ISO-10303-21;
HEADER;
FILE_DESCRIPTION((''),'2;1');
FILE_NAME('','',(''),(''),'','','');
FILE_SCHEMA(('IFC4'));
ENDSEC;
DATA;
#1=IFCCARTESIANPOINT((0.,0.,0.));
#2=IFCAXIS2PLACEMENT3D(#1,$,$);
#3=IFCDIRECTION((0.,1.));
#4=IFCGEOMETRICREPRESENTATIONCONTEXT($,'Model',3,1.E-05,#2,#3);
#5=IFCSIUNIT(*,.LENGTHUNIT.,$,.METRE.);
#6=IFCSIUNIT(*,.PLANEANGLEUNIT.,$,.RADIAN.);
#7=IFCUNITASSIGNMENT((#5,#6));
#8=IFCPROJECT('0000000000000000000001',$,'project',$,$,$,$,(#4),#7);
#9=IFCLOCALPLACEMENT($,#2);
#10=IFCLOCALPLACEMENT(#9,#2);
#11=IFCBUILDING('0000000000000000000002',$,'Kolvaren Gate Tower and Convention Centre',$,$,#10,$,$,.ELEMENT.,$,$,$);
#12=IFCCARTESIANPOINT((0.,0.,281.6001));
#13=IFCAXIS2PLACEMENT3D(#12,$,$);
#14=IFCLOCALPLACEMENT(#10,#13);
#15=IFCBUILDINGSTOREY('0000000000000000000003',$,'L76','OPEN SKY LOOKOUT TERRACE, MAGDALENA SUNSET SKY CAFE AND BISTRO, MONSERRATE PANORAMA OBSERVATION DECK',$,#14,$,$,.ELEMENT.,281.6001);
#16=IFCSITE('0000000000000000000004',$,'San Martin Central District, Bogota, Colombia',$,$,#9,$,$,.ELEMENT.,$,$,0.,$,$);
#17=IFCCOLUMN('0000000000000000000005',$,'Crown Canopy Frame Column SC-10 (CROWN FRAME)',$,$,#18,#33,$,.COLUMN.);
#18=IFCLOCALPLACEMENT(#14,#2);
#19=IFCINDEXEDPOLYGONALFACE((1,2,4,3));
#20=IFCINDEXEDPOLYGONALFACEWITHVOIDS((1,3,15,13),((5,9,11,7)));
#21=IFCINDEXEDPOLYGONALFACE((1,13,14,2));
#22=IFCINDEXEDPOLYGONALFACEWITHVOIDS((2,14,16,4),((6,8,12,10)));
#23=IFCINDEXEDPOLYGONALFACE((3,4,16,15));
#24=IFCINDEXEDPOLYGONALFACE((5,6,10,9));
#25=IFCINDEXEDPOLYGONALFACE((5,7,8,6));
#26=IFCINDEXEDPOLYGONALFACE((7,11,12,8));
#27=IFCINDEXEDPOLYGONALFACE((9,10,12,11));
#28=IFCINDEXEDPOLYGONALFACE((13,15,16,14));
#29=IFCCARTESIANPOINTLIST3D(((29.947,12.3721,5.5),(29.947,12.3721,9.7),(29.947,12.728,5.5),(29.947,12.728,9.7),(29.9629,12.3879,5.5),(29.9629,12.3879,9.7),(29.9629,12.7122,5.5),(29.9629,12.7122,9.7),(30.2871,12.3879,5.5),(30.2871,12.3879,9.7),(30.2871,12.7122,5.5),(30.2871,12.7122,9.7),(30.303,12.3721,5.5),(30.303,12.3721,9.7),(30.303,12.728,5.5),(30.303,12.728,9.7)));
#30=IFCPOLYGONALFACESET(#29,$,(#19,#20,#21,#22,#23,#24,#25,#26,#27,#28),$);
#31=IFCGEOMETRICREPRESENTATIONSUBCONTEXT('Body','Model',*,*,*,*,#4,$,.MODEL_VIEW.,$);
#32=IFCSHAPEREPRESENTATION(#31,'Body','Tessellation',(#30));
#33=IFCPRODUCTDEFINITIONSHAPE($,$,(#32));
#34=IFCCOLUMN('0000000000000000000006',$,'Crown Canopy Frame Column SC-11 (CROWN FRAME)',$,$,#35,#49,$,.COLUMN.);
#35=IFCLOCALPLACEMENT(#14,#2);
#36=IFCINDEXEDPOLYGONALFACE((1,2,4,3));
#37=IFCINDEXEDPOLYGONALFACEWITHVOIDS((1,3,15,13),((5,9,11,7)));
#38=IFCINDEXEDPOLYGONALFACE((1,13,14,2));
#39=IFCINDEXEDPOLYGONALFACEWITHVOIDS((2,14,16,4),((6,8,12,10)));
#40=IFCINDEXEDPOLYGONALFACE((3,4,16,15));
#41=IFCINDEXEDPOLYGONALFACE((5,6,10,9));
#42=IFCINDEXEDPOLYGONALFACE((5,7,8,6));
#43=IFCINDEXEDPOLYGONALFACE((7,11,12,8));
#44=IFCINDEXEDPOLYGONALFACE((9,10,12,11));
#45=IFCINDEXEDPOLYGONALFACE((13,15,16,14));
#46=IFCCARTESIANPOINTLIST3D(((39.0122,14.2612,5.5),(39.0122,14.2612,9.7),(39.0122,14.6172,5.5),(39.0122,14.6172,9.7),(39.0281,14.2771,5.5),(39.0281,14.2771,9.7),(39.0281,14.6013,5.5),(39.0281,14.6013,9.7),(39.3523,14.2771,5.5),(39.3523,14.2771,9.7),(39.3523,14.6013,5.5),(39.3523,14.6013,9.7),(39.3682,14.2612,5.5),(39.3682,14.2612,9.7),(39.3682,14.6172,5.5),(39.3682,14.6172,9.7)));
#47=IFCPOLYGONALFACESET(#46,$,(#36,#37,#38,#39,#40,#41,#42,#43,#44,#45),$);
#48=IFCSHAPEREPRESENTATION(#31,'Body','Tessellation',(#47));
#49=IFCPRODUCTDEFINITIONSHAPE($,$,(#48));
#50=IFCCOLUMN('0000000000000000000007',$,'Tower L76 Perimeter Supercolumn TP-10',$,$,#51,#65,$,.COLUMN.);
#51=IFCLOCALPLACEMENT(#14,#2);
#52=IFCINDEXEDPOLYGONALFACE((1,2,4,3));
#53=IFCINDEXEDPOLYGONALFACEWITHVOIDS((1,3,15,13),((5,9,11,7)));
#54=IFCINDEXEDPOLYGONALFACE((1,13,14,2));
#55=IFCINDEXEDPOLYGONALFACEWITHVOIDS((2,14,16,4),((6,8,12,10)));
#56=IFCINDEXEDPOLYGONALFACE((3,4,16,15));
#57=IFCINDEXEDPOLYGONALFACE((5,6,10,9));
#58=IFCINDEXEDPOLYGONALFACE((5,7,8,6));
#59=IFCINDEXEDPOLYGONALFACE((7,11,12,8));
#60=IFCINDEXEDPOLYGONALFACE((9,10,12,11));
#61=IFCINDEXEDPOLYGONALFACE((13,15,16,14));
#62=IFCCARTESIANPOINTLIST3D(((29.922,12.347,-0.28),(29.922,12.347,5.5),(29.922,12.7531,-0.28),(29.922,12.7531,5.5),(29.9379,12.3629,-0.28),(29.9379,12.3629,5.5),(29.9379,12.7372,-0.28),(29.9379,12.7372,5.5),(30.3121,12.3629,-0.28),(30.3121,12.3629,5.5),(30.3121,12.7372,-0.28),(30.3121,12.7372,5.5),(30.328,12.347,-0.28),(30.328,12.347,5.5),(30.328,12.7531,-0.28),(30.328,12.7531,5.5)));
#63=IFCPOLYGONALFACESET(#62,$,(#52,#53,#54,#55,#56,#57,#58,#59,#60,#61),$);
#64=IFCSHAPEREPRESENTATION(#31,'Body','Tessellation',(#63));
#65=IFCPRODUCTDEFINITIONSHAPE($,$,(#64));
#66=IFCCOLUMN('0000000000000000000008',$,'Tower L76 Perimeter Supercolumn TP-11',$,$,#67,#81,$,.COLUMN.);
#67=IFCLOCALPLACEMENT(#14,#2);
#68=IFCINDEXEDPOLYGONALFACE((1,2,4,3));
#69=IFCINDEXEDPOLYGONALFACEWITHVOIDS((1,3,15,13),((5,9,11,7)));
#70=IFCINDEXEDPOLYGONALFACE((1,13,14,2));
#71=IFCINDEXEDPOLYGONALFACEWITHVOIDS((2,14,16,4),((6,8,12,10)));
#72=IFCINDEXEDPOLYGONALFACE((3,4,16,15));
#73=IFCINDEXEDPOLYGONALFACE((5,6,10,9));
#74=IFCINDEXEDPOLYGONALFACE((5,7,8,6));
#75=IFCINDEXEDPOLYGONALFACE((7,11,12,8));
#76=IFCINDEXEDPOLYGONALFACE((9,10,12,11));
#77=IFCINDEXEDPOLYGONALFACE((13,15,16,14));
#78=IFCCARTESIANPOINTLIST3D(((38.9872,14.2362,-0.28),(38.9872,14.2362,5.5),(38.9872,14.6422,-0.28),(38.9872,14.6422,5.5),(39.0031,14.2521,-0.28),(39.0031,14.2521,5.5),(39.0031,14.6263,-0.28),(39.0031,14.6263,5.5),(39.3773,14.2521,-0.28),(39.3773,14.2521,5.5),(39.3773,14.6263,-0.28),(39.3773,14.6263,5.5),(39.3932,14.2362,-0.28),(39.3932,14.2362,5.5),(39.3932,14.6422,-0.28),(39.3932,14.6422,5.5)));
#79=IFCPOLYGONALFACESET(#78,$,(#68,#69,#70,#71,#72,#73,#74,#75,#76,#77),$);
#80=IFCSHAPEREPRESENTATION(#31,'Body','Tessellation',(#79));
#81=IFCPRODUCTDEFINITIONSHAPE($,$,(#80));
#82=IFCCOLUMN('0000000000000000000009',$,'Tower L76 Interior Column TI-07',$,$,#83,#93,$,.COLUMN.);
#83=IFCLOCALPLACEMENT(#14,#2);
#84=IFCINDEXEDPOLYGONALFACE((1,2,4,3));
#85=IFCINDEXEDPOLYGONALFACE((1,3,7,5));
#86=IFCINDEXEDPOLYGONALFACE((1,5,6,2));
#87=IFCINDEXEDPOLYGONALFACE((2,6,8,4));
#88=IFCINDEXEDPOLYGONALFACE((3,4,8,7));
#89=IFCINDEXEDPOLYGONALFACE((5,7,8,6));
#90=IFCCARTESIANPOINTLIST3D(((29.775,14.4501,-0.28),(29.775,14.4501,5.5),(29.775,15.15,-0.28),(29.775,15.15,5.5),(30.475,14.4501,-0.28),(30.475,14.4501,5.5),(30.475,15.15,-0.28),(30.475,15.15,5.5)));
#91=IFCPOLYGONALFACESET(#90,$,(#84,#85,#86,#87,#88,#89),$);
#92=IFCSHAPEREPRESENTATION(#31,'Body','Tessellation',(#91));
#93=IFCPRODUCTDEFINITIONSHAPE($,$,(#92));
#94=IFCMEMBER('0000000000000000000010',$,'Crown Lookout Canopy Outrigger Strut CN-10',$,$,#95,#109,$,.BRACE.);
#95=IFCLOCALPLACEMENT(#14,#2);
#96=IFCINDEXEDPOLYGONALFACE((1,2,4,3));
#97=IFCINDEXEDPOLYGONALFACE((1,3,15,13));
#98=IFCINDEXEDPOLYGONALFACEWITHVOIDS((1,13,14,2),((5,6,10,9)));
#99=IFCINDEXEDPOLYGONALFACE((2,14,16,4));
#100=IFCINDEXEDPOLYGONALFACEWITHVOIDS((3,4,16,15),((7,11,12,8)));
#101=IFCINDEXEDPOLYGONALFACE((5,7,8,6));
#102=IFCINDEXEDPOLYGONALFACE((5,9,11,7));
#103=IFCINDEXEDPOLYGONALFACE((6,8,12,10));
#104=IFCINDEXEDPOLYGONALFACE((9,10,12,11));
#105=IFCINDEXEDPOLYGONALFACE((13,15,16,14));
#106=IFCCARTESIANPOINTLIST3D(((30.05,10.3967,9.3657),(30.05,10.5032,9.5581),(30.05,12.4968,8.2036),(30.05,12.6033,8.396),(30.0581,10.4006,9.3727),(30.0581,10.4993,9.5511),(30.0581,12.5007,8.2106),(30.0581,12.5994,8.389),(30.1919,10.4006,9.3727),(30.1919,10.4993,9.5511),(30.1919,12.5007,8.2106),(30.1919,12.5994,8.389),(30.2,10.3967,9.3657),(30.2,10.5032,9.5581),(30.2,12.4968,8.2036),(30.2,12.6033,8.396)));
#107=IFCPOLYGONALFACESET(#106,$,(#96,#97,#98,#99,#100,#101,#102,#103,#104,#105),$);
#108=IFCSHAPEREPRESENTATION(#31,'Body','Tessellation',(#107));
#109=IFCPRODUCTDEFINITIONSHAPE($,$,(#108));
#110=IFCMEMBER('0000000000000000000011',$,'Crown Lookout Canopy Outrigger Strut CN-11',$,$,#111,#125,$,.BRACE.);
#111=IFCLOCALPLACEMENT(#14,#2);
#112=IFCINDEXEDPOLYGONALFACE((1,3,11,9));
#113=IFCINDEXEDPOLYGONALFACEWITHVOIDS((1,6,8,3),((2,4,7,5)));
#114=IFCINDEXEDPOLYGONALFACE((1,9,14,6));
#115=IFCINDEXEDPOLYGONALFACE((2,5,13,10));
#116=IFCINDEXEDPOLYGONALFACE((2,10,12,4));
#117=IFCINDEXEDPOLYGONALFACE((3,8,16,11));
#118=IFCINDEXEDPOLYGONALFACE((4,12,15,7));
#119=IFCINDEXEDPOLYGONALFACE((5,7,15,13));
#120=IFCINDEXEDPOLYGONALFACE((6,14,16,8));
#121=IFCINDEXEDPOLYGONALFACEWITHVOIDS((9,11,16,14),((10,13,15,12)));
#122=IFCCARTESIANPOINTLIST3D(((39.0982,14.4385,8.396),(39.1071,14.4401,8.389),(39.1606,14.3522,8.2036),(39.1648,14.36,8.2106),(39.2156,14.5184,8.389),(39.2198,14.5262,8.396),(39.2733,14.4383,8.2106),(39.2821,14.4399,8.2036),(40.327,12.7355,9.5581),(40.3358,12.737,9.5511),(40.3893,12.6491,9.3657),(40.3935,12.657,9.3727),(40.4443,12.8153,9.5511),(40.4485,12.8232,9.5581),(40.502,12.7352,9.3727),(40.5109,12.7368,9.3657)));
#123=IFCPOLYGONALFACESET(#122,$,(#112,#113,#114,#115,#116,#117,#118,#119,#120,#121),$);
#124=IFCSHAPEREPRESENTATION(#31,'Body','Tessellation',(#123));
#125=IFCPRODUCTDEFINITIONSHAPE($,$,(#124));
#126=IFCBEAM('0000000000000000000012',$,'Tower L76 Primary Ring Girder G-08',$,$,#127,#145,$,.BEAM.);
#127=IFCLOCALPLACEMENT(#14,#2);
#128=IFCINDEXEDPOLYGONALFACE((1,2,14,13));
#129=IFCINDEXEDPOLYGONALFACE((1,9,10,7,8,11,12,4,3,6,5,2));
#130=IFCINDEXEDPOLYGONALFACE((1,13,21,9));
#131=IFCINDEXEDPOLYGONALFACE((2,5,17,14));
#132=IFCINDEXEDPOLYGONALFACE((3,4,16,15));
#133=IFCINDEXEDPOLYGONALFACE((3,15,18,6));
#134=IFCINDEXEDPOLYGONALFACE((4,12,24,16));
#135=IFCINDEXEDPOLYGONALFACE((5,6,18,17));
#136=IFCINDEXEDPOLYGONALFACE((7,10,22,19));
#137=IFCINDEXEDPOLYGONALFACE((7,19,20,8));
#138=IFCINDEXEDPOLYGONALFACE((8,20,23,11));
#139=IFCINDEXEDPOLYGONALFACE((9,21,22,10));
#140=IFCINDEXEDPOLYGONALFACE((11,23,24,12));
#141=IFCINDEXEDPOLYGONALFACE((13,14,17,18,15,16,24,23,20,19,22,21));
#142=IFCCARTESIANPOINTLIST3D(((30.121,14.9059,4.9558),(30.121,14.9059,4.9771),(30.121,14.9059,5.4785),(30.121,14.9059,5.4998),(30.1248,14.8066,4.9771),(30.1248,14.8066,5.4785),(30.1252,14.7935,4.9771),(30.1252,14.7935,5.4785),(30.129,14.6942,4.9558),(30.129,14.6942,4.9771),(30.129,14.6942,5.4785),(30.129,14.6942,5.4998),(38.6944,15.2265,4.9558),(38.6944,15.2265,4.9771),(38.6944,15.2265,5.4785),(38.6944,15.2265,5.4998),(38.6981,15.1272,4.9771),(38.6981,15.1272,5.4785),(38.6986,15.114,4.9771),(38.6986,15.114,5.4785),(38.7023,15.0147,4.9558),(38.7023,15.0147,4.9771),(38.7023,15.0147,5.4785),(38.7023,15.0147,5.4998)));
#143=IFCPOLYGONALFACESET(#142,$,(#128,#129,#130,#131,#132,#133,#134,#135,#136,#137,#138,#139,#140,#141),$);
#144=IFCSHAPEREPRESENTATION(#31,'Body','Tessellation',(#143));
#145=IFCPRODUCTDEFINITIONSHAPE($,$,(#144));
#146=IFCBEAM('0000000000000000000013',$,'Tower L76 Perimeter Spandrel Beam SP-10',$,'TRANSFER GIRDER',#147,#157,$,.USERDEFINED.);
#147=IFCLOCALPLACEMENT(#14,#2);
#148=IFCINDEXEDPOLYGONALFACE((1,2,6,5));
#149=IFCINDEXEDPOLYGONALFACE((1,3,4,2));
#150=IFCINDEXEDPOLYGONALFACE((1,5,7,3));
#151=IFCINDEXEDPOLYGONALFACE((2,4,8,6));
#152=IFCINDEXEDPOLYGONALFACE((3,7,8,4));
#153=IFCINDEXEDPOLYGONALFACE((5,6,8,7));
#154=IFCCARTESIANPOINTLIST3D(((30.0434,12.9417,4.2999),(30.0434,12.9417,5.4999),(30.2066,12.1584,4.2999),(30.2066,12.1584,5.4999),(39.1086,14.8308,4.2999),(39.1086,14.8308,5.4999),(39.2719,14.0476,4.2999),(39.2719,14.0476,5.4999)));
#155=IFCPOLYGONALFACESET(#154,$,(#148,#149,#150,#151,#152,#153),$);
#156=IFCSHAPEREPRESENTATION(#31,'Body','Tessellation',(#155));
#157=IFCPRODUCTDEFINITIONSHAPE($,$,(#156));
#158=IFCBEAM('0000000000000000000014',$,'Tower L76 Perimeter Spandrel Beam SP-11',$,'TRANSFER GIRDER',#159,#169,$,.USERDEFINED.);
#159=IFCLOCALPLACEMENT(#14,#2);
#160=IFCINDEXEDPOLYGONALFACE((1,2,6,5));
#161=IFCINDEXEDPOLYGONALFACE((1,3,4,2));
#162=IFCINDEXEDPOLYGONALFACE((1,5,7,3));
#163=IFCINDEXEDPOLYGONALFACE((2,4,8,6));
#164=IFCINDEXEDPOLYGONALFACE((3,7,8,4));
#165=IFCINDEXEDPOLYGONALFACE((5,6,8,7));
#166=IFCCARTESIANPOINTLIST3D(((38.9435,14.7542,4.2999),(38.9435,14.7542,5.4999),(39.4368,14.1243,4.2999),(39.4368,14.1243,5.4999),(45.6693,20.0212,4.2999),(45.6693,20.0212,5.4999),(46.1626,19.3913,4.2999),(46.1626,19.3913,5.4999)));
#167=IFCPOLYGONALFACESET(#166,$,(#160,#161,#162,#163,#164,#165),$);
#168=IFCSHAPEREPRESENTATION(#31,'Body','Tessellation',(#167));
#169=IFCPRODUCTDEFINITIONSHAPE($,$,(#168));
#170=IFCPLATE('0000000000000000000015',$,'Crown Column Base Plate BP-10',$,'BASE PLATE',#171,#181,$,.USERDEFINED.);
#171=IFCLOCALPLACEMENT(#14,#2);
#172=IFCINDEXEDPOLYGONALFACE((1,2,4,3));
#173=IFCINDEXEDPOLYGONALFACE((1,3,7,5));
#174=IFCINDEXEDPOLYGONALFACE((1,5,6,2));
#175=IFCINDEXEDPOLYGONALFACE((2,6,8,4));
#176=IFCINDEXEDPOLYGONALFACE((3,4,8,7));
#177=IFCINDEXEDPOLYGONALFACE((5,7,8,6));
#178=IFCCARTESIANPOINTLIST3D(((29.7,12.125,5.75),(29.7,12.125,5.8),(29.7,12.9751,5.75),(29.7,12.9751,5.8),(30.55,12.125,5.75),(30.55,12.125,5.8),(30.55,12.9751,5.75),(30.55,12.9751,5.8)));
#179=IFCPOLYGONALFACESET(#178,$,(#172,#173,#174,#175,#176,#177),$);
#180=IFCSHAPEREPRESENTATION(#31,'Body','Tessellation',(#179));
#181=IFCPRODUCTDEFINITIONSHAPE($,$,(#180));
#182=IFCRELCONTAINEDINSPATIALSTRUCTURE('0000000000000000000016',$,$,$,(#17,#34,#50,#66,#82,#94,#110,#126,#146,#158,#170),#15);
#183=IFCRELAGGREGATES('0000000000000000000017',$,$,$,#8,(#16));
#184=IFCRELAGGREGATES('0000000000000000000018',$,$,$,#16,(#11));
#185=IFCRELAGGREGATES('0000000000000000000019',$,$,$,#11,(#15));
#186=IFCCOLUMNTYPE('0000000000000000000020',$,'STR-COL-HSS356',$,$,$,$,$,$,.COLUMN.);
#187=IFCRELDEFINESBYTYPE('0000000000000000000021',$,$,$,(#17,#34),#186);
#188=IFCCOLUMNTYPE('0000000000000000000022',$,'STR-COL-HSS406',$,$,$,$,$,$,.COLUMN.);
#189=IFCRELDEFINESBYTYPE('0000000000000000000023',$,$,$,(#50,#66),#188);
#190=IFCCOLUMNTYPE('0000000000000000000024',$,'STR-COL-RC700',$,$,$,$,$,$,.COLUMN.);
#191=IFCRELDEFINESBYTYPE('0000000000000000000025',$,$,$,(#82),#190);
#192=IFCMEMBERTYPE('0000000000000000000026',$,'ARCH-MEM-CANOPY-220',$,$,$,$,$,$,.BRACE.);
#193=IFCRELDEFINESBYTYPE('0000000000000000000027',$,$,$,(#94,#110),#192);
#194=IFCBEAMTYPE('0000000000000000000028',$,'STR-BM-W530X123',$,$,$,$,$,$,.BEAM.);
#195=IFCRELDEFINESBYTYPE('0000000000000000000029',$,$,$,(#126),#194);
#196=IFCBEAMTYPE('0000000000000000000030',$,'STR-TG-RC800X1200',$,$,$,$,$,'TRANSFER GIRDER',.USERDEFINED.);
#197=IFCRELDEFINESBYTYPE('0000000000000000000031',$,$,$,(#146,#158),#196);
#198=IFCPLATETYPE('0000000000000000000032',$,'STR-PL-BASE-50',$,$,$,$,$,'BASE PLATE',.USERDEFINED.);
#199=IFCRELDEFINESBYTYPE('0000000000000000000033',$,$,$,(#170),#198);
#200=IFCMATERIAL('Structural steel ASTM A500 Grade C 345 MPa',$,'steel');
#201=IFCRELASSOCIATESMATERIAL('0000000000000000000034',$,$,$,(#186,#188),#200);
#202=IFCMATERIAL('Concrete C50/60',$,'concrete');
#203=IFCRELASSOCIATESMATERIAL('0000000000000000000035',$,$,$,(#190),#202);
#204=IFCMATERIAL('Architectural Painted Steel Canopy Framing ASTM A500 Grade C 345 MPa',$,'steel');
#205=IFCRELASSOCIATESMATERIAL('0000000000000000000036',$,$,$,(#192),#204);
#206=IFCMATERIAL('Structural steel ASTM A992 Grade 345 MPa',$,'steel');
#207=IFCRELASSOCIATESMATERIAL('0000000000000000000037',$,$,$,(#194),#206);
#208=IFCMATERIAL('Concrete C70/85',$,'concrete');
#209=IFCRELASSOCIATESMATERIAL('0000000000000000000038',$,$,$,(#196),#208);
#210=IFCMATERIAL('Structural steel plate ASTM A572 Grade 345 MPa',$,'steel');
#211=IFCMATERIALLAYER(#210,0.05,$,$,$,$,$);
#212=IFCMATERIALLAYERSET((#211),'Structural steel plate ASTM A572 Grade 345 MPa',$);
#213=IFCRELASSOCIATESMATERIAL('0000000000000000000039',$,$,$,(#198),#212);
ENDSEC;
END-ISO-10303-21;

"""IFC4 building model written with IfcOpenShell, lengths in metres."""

from ifc_helpers import new_model, si_unit, direction, frame, origin, origin_2d, place, context, subcontext, project, spatial, rectangle, hollow_rectangle, i_section, extrude, material, layer, layer_set, material_profile, profile_set, type_object, element, save


model = new_model("IFC4")

# Units and contexts
model_context = context("Model", 3, precision=1e-05, world=origin(), true_north=direction((0.0, 1.0)))
body_context = subcontext(model_context, "Body", "Model", "MODEL_VIEW")
ifc_project = project(units=[si_unit("LENGTHUNIT", "METRE"), si_unit("PLANEANGLEUNIT", "RADIAN")], contexts=[model_context])

# Site, building, storey
site_placement = place(None, origin())
site = spatial("IfcSite", under=ifc_project, at=site_placement, Name="San Martin Central District, Bogota, Colombia", CompositionType="ELEMENT", RefElevation=0.0)
building_placement = place(site_placement, origin())
building = spatial("IfcBuilding", under=site, at=building_placement, Name="Kolvaren Gate Tower and Convention Centre", CompositionType="ELEMENT")
storey_placement = place(building_placement, frame((0.0, 0.0, 281.6001)))
storey = spatial("IfcBuildingStorey", under=building, at=storey_placement, Name="L76", Description="OPEN SKY LOOKOUT TERRACE, MAGDALENA SUNSET SKY CAFE AND BISTRO, MONSERRATE PANORAMA OBSERVATION DECK", CompositionType="ELEMENT", Elevation=281.6001)

# Columns
ifc_material_1 = material(Name="Structural steel ASTM A500 Grade C 345 MPa", Category="steel")
ifc_material_profile_1 = material_profile(ifc_material_1, hollow_rectangle(XDim=0.356, YDim=0.356, WallThickness=0.0159, at=origin_2d()), Name="HSS356X356X15.9")
ifc_profile_set_1 = profile_set([ifc_material_profile_1], Name="Structural steel ASTM A500 Grade C 345 MPa")
column_type_1 = type_object("IfcColumnType", Name="STR-COL-HSS356", PredefinedType="COLUMN", material=ifc_profile_set_1)
for number, where, z_axis, x_axis, name in (
    (1, (30.125, 12.55, 5.5), (0.0, 0.0, 1.0), (1.0, 0.0, 0.0), "Crown Canopy Frame Column SC-10 (CROWN FRAME)"),
    (2, (39.1902, 14.4392, 5.5), (0.0, 0.0, 1.0), (1.0, 0.0, 0.0), "Crown Canopy Frame Column SC-11 (CROWN FRAME)"),
):
    element("IfcColumn", number, at=place(storey_placement, frame(where, z_axis=z_axis, x_axis=x_axis)), inside=storey, type_object=column_type_1, Name=name, PredefinedType="COLUMN", context=body_context, shape_type="SweptSolid", body=[
        extrude(hollow_rectangle(XDim=0.356, YDim=0.356, WallThickness=0.0159, at=origin_2d()), origin(), (0.0, 0.0, 1.0), 4.2),
    ])
ifc_material_profile_2 = material_profile(ifc_material_1, hollow_rectangle(XDim=0.406, YDim=0.406, WallThickness=0.0159, at=origin_2d()), Name="HSS406X406X15.9")
ifc_profile_set_2 = profile_set([ifc_material_profile_2], Name="Structural steel ASTM A500 Grade C 345 MPa")
column_type_2 = type_object("IfcColumnType", Name="STR-COL-HSS406", PredefinedType="COLUMN", material=ifc_profile_set_2)
for number, where, z_axis, x_axis, name in (
    (3, (30.125, 12.55, -0.28), (0.0, 0.0, 1.0), (1.0, 0.0, 0.0), "Tower L76 Perimeter Supercolumn TP-10"),
    (4, (39.1902, 14.4392, -0.28), (0.0, 0.0, 1.0), (1.0, 0.0, 0.0), "Tower L76 Perimeter Supercolumn TP-11"),
):
    element("IfcColumn", number, at=place(storey_placement, frame(where, z_axis=z_axis, x_axis=x_axis)), inside=storey, type_object=column_type_2, Name=name, PredefinedType="COLUMN", context=body_context, shape_type="SweptSolid", body=[
        extrude(hollow_rectangle(XDim=0.406, YDim=0.406, WallThickness=0.0159, at=origin_2d()), origin(), (0.0, 0.0, 1.0), 5.78),
    ])
ifc_material_2 = material(Name="Concrete C50/60", Category="concrete")
ifc_material_profile_3 = material_profile(ifc_material_2, rectangle(XDim=0.7, YDim=0.7, at=origin_2d()), Name="RC-COL-700X700")
ifc_profile_set_3 = profile_set([ifc_material_profile_3], Name="Concrete C50/60")
column_type_3 = type_object("IfcColumnType", Name="STR-COL-RC700", PredefinedType="COLUMN", material=ifc_profile_set_3)
column_placement = place(storey_placement, frame((30.125, 14.8, -0.28), z_axis=(0.0, 0.0, 1.0), x_axis=(1.0, 0.0, 0.0)))
element("IfcColumn", 5, at=column_placement, inside=storey, type_object=column_type_3, Name="Tower L76 Interior Column TI-07", PredefinedType="COLUMN", context=body_context, shape_type="SweptSolid", body=[
    extrude(rectangle(XDim=0.7, YDim=0.7, at=origin_2d()), origin(), (0.0, 0.0, 1.0), 5.78),
])

# Members
ifc_material_3 = material(Name="Architectural Painted Steel Canopy Framing ASTM A500 Grade C 345 MPa", Category="steel")
ifc_material_profile_4 = material_profile(ifc_material_3, hollow_rectangle(XDim=0.1499, YDim=0.22, WallThickness=0.0081, at=origin_2d()), Name="ARCH-MEM-CANOPY-220")
ifc_profile_set_4 = profile_set([ifc_material_profile_4], Name="Architectural Painted Steel Canopy Framing ASTM A500 Grade C 345 MPa")
member_type = type_object("IfcMemberType", Name="ARCH-MEM-CANOPY-220", PredefinedType="BRACE", material=ifc_profile_set_4)
for number, where, z_axis, x_axis, name in (
    (6, (30.125, 12.55, 8.2998), (0.0, -0.874972, 0.484174), (1.0, 0.0, 0.0), "Crown Lookout Canopy Outrigger Strut CN-10"),
    (7, (39.1902, 14.4392, 8.2998), (0.51194, -0.709575, 0.484171), (0.810967, 0.585092, 0.0), "Crown Lookout Canopy Outrigger Strut CN-11"),
):
    element("IfcMember", number, at=place(storey_placement, frame(where, z_axis=z_axis, x_axis=x_axis)), inside=storey, type_object=member_type, Name=name, PredefinedType="BRACE", context=body_context, shape_type="SweptSolid", body=[
        extrude(hollow_rectangle(XDim=0.1499, YDim=0.22, WallThickness=0.0081, at=origin_2d()), origin(), (0.0, 0.0, 1.0), 2.4001),
    ])

# Beams
ifc_material_4 = material(Name="Structural steel ASTM A992 Grade 345 MPa", Category="steel")
ifc_material_profile_5 = material_profile(ifc_material_4, i_section(OverallWidth=0.2119, OverallDepth=0.5439, WebThickness=0.0132, FlangeThickness=0.0212, at=origin_2d()), Name="W530X123")
ifc_profile_set_5 = profile_set([ifc_material_profile_5], Name="Structural steel ASTM A992 Grade 345 MPa")
beam_type_1 = type_object("IfcBeamType", Name="STR-BM-W530X123", PredefinedType="BEAM", material=ifc_profile_set_5)
beam_1_placement = place(storey_placement, frame((30.125, 14.8, 5.2278), z_axis=(0.999302, 0.037364, 0.0), x_axis=(-0.037364, 0.999302, 0.0)))
element("IfcBeam", 8, at=beam_1_placement, inside=storey, type_object=beam_type_1, Name="Tower L76 Primary Ring Girder G-08", PredefinedType="BEAM", context=body_context, shape_type="SweptSolid", body=[
    extrude(i_section(OverallWidth=0.2119, OverallDepth=0.5439, WebThickness=0.0132, FlangeThickness=0.0212, at=origin_2d()), origin(), (0.0, 0.0, 1.0), 8.5793),
])
ifc_material_5 = material(Name="Concrete C70/85", Category="concrete")
ifc_material_profile_6 = material_profile(ifc_material_5, rectangle(XDim=0.8, YDim=1.2, at=origin_2d()), Name="RC-BM-800X1200")
ifc_profile_set_6 = profile_set([ifc_material_profile_6], Name="Concrete C70/85")
beam_type_2 = type_object("IfcBeamType", Name="STR-TG-RC800X1200", ElementType="TRANSFER GIRDER", PredefinedType="USERDEFINED", material=ifc_profile_set_6)
beam_2_placement = place(storey_placement, frame((30.125, 12.55, 4.8999), z_axis=(0.978968, 0.204014, 0.0), x_axis=(-0.204014, 0.978968, 0.0)))
element("IfcBeam", 9, at=beam_2_placement, inside=storey, type_object=beam_type_2, Name="Tower L76 Perimeter Spandrel Beam SP-10", ObjectType="TRANSFER GIRDER", PredefinedType="USERDEFINED", context=body_context, shape_type="SweptSolid", body=[
    extrude(rectangle(XDim=0.8, YDim=1.2, at=origin_2d()), origin(), (0.0, 0.0, 1.0), 9.26),
])
beam_3_placement = place(storey_placement, frame((39.1902, 14.4392, 4.8999), z_axis=(0.787312, 0.616555, 0.0), x_axis=(-0.616555, 0.787312, 0.0)))
element("IfcBeam", 10, at=beam_3_placement, inside=storey, type_object=beam_type_2, Name="Tower L76 Perimeter Spandrel Beam SP-11", ObjectType="TRANSFER GIRDER", PredefinedType="USERDEFINED", context=body_context, shape_type="SweptSolid", body=[
    extrude(rectangle(XDim=0.8, YDim=1.2, at=origin_2d()), origin(), (0.0, 0.0, 1.0), 8.5427),
])

# Plate
ifc_material_6 = material(Name="Structural steel plate ASTM A572 Grade 345 MPa", Category="steel")
ifc_layer_1 = layer(ifc_material_6, 0.05)
ifc_layer_set_1 = layer_set([ifc_layer_1], Name="Structural steel plate ASTM A572 Grade 345 MPa")
plate_type_1 = type_object("IfcPlateType", Name="STR-PL-BASE-50", ElementType="BASE PLATE", PredefinedType="USERDEFINED", material=ifc_layer_set_1)
for number, where, z_axis, x_axis, name in (
    (11, (30.125, 12.55, 5.75), (0.0, 0.0, 1.0), (1.0, 0.0, 0.0), "Crown Column Base Plate BP-10"),
):
    element("IfcPlate", number, at=place(storey_placement, frame(where, z_axis=z_axis, x_axis=x_axis)), inside=storey, type_object=plate_type_1, Name=name, ObjectType="BASE PLATE", PredefinedType="USERDEFINED", context=body_context, shape_type="SweptSolid", body=[
        extrude(rectangle(XDim=0.8501, YDim=0.8501, at=origin_2d()), origin(), (0.0, 0.0, 1.0), 0.05),
    ])

save(model, "model.ifc")
